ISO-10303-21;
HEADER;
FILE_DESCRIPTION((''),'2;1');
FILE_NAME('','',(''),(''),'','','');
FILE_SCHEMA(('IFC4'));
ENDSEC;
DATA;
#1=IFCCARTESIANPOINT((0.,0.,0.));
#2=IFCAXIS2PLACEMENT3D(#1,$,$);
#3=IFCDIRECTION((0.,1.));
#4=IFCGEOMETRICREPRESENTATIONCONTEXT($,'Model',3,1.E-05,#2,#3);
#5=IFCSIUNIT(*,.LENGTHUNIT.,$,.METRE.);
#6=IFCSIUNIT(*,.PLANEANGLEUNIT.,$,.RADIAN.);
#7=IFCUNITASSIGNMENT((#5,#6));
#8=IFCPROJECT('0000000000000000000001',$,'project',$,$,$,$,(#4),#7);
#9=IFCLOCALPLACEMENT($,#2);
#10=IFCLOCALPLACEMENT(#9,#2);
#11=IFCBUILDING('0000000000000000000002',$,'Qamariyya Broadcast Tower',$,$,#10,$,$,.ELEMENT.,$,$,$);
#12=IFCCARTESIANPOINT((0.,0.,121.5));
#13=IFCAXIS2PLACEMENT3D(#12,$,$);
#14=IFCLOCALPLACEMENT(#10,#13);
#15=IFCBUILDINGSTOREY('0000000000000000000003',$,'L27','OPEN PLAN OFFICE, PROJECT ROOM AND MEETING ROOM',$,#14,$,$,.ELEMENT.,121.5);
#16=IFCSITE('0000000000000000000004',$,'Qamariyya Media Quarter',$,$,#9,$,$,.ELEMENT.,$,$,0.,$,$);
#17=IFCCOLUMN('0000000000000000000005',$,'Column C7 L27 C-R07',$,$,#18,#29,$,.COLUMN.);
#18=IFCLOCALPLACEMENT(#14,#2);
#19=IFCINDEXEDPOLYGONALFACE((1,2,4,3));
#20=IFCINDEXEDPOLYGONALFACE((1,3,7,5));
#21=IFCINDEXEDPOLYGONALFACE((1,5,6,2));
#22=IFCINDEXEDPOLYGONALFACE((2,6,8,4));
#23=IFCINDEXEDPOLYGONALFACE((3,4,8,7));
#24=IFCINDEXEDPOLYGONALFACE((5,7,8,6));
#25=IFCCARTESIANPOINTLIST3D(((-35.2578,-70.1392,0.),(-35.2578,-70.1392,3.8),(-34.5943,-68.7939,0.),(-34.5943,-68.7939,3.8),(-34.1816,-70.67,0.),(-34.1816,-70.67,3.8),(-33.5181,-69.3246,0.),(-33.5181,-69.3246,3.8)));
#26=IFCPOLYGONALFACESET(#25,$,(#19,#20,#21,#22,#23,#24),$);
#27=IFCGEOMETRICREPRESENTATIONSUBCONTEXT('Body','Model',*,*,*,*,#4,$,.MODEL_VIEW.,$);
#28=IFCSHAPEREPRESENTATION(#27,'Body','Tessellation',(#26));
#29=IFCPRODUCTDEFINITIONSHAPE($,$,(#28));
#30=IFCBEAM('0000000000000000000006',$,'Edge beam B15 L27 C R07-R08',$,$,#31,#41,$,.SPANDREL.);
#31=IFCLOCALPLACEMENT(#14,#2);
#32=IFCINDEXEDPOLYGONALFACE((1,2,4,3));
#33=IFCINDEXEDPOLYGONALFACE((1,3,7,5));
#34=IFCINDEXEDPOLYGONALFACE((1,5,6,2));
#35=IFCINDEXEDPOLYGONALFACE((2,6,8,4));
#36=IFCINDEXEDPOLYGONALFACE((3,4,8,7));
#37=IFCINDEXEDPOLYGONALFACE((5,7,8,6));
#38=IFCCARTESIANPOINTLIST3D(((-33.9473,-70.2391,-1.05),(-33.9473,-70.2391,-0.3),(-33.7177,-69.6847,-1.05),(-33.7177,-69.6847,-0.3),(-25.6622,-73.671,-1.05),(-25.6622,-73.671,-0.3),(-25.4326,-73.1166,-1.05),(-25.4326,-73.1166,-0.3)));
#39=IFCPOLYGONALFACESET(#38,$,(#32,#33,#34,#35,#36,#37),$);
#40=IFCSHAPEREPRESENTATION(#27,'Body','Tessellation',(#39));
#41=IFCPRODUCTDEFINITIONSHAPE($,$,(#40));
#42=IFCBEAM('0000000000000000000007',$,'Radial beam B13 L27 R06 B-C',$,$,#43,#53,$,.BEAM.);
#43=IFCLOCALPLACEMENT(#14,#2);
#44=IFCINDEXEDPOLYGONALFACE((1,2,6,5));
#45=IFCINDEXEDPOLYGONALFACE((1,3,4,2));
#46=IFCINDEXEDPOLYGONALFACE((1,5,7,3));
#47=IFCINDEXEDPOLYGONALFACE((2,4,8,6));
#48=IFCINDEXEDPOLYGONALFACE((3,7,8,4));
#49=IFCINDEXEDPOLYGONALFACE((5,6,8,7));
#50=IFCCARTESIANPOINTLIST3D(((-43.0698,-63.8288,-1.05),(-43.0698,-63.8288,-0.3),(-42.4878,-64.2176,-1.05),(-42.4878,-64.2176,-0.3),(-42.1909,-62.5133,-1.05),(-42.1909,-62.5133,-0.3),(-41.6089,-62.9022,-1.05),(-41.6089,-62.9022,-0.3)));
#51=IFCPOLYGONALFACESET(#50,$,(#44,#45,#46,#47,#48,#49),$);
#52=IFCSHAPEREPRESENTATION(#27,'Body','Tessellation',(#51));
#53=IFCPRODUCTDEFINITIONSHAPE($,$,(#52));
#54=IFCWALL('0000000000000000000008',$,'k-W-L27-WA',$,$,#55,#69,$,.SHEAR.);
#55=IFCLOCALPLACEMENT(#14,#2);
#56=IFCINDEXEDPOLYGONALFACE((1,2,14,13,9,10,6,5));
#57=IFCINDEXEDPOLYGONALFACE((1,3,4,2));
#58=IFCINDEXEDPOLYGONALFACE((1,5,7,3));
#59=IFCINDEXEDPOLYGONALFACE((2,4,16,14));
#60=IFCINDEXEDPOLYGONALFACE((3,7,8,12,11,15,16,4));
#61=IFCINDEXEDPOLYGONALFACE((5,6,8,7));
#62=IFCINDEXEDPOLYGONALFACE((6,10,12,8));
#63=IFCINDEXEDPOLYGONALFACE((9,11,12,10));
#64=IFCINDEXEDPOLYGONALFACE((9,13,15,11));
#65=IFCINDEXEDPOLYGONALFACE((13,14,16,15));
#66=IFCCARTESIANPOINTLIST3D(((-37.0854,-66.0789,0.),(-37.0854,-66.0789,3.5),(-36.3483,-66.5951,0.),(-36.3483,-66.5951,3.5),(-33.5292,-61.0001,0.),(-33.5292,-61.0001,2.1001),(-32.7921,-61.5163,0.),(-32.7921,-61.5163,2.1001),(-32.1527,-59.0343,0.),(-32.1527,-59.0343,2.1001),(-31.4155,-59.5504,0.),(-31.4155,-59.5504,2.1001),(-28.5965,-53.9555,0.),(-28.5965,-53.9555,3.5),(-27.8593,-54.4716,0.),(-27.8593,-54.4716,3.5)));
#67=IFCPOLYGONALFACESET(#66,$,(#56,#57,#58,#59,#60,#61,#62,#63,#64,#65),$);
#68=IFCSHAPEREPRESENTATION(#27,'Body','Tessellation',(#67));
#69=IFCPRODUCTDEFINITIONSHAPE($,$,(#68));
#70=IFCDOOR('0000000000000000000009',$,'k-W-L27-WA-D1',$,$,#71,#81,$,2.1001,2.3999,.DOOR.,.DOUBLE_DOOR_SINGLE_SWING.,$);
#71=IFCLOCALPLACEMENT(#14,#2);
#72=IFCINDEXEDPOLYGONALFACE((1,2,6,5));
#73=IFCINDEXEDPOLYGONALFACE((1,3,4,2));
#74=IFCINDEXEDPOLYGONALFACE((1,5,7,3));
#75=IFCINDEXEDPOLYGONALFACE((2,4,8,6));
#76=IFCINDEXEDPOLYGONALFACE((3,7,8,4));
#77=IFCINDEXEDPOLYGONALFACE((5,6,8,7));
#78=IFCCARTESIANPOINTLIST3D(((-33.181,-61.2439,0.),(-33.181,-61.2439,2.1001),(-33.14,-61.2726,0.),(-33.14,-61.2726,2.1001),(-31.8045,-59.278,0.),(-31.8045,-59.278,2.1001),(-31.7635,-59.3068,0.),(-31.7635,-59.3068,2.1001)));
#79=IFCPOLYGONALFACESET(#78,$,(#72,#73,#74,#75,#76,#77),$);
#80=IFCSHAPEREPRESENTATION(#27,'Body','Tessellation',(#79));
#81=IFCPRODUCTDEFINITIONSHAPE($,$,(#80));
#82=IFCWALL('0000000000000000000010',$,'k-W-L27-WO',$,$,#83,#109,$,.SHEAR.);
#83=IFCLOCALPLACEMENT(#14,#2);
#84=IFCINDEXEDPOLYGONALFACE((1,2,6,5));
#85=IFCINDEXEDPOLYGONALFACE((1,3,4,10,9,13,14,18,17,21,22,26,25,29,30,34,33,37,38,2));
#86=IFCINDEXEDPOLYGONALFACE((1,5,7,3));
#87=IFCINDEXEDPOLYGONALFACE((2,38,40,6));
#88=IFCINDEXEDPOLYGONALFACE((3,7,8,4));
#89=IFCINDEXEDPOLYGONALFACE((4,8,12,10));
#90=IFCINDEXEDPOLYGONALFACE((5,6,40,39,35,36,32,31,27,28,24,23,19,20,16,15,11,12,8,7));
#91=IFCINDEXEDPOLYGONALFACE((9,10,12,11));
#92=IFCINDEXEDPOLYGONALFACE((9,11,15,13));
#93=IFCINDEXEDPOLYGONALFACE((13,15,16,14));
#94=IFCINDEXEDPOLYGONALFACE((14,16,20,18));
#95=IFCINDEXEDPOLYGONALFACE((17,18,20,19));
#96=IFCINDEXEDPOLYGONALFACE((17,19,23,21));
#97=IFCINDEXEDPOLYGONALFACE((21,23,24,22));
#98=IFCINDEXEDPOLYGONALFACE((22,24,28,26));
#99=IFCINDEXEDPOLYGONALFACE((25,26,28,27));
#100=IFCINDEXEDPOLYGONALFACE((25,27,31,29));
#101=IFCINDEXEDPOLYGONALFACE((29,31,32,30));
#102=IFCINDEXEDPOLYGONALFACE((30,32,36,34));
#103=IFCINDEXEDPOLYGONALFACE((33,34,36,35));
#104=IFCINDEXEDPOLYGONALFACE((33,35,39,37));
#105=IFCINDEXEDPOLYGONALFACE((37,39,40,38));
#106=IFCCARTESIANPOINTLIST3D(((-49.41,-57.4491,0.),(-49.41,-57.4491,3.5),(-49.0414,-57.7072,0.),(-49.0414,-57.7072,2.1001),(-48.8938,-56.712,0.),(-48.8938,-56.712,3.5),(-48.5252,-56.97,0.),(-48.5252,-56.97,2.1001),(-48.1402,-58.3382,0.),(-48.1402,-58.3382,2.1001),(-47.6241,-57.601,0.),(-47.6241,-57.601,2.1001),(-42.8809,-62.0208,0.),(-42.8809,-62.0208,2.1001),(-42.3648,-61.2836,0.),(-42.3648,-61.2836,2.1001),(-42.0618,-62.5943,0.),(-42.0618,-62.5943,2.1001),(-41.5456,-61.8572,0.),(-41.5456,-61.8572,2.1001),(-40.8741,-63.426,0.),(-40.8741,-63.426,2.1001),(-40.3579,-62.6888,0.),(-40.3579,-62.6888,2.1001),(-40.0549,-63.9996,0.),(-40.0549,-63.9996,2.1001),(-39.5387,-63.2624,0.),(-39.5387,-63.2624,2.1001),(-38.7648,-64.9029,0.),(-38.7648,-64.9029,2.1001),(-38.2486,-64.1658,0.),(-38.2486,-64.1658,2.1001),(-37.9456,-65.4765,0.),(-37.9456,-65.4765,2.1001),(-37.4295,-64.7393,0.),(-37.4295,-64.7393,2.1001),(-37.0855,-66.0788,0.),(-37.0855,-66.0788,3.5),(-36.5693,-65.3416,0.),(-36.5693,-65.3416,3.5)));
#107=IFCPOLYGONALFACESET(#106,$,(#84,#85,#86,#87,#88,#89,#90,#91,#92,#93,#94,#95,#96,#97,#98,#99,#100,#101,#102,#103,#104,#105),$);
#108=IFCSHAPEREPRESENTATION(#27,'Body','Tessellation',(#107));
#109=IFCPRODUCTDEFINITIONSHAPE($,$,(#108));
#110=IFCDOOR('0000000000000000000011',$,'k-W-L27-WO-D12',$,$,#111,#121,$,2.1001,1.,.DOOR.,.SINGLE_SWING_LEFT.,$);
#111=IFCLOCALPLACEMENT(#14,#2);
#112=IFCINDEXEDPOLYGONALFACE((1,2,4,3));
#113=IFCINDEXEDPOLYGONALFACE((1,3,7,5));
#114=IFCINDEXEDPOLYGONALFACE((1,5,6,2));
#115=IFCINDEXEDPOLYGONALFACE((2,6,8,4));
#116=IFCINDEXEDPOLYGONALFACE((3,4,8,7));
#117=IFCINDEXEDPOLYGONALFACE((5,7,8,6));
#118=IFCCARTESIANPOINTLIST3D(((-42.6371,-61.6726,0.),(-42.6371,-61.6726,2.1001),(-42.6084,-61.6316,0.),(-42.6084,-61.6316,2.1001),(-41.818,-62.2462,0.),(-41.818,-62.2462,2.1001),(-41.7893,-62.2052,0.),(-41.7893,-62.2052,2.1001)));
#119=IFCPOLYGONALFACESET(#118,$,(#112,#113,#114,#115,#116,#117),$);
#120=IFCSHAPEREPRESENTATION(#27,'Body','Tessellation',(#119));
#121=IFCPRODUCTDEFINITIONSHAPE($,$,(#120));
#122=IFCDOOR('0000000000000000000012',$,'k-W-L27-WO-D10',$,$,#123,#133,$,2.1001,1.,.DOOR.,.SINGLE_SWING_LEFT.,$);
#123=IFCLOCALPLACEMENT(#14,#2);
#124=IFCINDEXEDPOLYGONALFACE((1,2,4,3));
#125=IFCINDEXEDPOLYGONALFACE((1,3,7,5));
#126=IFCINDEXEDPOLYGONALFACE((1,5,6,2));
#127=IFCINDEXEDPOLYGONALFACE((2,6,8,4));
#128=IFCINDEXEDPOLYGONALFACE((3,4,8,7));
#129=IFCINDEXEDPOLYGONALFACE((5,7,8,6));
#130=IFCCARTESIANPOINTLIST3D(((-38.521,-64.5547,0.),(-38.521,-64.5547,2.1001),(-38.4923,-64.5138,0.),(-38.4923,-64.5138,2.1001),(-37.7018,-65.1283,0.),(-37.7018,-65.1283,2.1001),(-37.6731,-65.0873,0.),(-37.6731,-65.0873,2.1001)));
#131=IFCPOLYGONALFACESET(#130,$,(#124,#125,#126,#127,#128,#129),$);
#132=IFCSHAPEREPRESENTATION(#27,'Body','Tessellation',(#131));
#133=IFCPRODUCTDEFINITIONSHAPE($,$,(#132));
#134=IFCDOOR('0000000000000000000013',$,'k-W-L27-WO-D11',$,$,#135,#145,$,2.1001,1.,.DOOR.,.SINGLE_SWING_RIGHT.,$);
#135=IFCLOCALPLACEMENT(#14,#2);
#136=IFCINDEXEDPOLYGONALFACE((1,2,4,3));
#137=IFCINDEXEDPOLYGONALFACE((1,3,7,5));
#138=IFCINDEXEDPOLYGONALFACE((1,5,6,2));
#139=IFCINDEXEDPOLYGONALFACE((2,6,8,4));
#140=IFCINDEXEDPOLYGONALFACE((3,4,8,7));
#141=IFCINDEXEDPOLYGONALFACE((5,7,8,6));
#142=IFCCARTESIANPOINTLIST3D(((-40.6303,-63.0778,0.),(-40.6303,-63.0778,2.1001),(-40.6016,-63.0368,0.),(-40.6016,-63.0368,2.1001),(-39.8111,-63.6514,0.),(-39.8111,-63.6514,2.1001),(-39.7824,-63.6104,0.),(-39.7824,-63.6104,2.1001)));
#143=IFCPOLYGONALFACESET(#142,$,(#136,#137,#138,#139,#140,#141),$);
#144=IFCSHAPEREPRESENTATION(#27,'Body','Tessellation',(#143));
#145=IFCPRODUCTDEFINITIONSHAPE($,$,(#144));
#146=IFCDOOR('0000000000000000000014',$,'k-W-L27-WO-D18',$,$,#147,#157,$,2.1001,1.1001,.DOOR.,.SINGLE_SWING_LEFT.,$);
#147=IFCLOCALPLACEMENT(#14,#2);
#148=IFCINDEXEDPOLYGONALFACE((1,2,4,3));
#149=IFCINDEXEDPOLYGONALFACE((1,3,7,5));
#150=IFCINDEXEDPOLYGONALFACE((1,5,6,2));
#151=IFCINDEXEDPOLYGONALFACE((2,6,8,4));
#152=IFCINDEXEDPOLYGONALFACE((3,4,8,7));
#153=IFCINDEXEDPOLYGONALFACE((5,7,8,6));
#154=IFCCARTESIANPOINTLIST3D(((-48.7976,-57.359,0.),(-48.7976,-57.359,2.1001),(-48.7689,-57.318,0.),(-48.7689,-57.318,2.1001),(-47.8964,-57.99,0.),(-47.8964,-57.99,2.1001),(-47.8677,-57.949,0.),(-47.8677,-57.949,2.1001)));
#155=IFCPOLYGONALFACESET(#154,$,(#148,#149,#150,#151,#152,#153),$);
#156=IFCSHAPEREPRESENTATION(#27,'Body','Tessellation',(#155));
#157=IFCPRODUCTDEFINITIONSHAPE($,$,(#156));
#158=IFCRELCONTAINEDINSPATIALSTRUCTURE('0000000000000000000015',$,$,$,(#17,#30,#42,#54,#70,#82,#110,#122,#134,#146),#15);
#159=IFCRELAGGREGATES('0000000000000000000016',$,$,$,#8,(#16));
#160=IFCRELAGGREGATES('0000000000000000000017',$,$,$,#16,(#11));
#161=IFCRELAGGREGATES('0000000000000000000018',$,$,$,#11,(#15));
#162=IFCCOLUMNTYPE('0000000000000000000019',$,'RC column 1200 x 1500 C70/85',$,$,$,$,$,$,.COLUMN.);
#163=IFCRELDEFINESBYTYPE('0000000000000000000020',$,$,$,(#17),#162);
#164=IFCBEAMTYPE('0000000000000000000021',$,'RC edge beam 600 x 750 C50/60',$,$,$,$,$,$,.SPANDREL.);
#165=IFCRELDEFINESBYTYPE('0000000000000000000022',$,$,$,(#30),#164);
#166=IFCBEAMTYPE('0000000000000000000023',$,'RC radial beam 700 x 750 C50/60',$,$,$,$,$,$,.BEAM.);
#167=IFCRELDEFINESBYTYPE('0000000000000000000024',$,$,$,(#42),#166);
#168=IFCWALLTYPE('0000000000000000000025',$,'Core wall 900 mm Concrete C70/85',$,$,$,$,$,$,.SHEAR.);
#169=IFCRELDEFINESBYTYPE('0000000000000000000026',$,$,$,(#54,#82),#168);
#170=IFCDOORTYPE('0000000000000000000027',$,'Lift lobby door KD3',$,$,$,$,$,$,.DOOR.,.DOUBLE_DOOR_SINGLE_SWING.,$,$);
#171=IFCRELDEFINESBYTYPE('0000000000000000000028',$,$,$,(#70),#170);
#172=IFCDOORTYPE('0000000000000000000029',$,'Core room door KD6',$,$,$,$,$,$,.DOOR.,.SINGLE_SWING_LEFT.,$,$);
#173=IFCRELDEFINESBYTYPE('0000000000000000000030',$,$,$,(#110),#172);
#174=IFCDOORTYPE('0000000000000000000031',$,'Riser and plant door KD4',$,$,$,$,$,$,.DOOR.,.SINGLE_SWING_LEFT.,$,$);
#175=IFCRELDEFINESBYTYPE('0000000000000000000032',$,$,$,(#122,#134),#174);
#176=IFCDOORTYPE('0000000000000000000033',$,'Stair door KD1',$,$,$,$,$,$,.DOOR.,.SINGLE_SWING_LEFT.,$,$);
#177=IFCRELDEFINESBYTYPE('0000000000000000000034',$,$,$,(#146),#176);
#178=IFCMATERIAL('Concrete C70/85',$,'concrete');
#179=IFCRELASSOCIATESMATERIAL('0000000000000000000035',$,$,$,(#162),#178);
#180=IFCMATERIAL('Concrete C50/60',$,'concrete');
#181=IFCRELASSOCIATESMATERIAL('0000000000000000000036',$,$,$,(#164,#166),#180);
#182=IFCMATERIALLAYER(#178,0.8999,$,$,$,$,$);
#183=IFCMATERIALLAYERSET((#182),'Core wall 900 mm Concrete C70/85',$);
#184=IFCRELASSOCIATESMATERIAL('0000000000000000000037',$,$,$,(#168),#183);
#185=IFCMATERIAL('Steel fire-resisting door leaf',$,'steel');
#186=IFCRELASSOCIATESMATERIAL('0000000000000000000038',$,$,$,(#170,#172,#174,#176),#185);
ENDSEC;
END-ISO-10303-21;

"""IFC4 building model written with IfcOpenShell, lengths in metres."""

from ifc_helpers import new_model, si_unit, direction, frame, frame_2d, origin, origin_2d, place, context, subcontext, project, spatial, rectangle, extrude, material, layer, layer_set, material_profile, profile_set, type_object, element, fill, save


model = new_model("IFC4")

# Units and contexts
model_context = context("Model", 3, precision=1e-05, world=origin(), true_north=direction((0.0, 1.0)))
body_context = subcontext(model_context, "Body", "Model", "MODEL_VIEW")
ifc_project = project(units=[si_unit("LENGTHUNIT", "METRE"), si_unit("PLANEANGLEUNIT", "RADIAN")], contexts=[model_context])

# Site, building, storey
site_placement = place(None, origin())
site = spatial("IfcSite", under=ifc_project, at=site_placement, Name="Qamariyya Media Quarter", CompositionType="ELEMENT", RefElevation=0.0)
building_placement = place(site_placement, origin())
building = spatial("IfcBuilding", under=site, at=building_placement, Name="Qamariyya Broadcast Tower", CompositionType="ELEMENT")
storey_placement = place(building_placement, frame((0.0, 0.0, 121.5)))
storey = spatial("IfcBuildingStorey", under=building, at=storey_placement, Name="L27", Description="OPEN PLAN OFFICE, PROJECT ROOM AND MEETING ROOM", CompositionType="ELEMENT", Elevation=121.5)

# Column
ifc_material_1 = material(Name="Concrete C70/85", Category="concrete")
ifc_material_profile_1 = material_profile(ifc_material_1, rectangle(XDim=1.2, YDim=1.5, at=origin_2d()))
ifc_profile_set_1 = profile_set([ifc_material_profile_1], Name="Concrete C70/85")
column_type = type_object("IfcColumnType", Name="RC column 1200 x 1500 C70/85", PredefinedType="COLUMN", material=ifc_profile_set_1)
column_placement = place(storey_placement, frame((-34.3879, -69.7319, 0.0), z_axis=(0.0, 0.0, 1.0), x_axis=(0.896873, -0.442289, 0.0)))
element("IfcColumn", 1, at=column_placement, inside=storey, type_object=column_type, Name="Column C7 L27 C-R07", PredefinedType="COLUMN", context=body_context, shape_type="SweptSolid", body=[
    extrude(rectangle(XDim=1.2, YDim=1.5, at=origin_2d()), origin(), (0.0, 0.0, 1.0), 3.8),
])

# Beams
ifc_material_2 = material(Name="Concrete C50/60", Category="concrete")
ifc_material_profile_2 = material_profile(ifc_material_2, rectangle(XDim=0.6001, YDim=0.75, at=origin_2d()))
ifc_profile_set_2 = profile_set([ifc_material_profile_2], Name="Concrete C50/60")
beam_type_1 = type_object("IfcBeamType", Name="RC edge beam 600 x 750 C50/60", PredefinedType="SPANDREL", material=ifc_profile_set_2)
beam_1_placement = place(storey_placement, frame((-33.8325, -69.9619, -0.675), z_axis=(0.923877, -0.382689, 0.0), x_axis=(0.382689, 0.923877, 0.0)))
element("IfcBeam", 2, at=beam_1_placement, inside=storey, type_object=beam_type_1, Name="Edge beam B15 L27 C R07-R08", PredefinedType="SPANDREL", context=body_context, shape_type="SweptSolid", body=[
    extrude(rectangle(XDim=0.6001, YDim=0.75, at=origin_2d()), origin(), (0.0, 0.0, 1.0), 8.9678),
])
ifc_material_profile_3 = material_profile(ifc_material_2, rectangle(XDim=0.7, YDim=0.75, at=origin_2d()))
ifc_profile_set_3 = profile_set([ifc_material_profile_3], Name="Concrete C50/60")
beam_type_2 = type_object("IfcBeamType", Name="RC radial beam 700 x 750 C50/60", PredefinedType="BEAM", material=ifc_profile_set_3)
beam_2_placement = place(storey_placement, frame((-41.8999, -62.7078, -0.675), z_axis=(-0.555555, -0.83148, 0.0), x_axis=(0.83148, -0.555555, 0.0)))
element("IfcBeam", 3, at=beam_2_placement, inside=storey, type_object=beam_type_2, Name="Radial beam B13 L27 R06 B-C", PredefinedType="BEAM", context=body_context, shape_type="SweptSolid", body=[
    extrude(rectangle(XDim=0.7, YDim=0.75, at=origin_2d()), origin(), (0.0, 0.0, 1.0), 1.582),
])

# Wall, opening, door
ifc_layer_1 = layer(ifc_material_1, 0.8999)
ifc_layer_set_1 = layer_set([ifc_layer_1], Name="Core wall 900 mm Concrete C70/85")
wall_type_1 = type_object("IfcWallType", Name="Core wall 900 mm Concrete C70/85", PredefinedType="SHEAR", material=ifc_layer_set_1)
wall_1_placement = place(storey_placement, frame((-36.7168, -66.3369, 0.0), z_axis=(0.0, 0.0, 1.0), x_axis=(0.573577, 0.819151, 0.0)))
wall_1 = element("IfcWall", 4, at=wall_1_placement, inside=storey, type_object=wall_type_1, Name="k-W-L27-WA", PredefinedType="SHEAR", context=body_context, shape_type="SweptSolid", body=[
    extrude(rectangle(XDim=14.8, YDim=0.8999, at=frame_2d((7.3999, 0.0))), origin(), (0.0, 0.0, 1.0), 3.5),
])
opening_1_placement = place(wall_1_placement, frame((6.2, 0.0, 0.0)))
opening_1 = element("IfcOpeningElement", 5, at=opening_1_placement, cuts=wall_1, PredefinedType="OPENING", context=body_context, shape_type="SweptSolid", body=[
    extrude(rectangle(XDim=2.3999, YDim=2.1001, at=frame_2d((1.2, 1.05))), frame((0.0, 0.46, 0.0), z_axis=(0.0, -1.0, 0.0), x_axis=(1.0, 0.0, 0.0)), (0.0, 0.0, 1.0), 0.9199),
])
ifc_material_3 = material(Name="Steel fire-resisting door leaf", Category="steel")
door_type_1 = type_object("IfcDoorType", Name="Lift lobby door KD3", OperationType="DOUBLE_DOOR_SINGLE_SWING", PredefinedType="DOOR", material=ifc_material_3)
door_1_placement = place(opening_1_placement, origin())
door_1 = element("IfcDoor", 6, at=door_1_placement, inside=storey, type_object=door_type_1, Name="k-W-L27-WA-D1", OperationType="DOUBLE_DOOR_SINGLE_SWING", OverallHeight=2.1001, OverallWidth=2.3999, PredefinedType="DOOR", context=body_context, shape_type="SweptSolid", body=[
    extrude(rectangle(XDim=2.3999, YDim=2.1001, at=frame_2d((1.2, 1.05))), frame((0.0, 0.0249, 0.0), z_axis=(0.0, -1.0, 0.0), x_axis=(1.0, 0.0, 0.0)), (0.0, 0.0, 1.0), 0.05),
])
fill(opening_1, door_1)

# Wall, openings, doors
wall_2_placement = place(storey_placement, frame((-36.8274, -65.7102, 0.0), z_axis=(0.0, 0.0, 1.0), x_axis=(-0.819153, 0.573575, 0.0)))
wall_2 = element("IfcWall", 7, at=wall_2_placement, inside=storey, type_object=wall_type_1, Name="k-W-L27-WO", PredefinedType="SHEAR", context=body_context, shape_type="SweptSolid", body=[
    extrude(rectangle(XDim=15.0454, YDim=0.8999, at=frame_2d((7.5227, 0.0))), origin(), (0.0, 0.0, 1.0), 3.5),
])
opening_2_placement = place(wall_2_placement, frame((1.05, 0.0, 0.0)))
opening_2 = element("IfcOpeningElement", 8, at=opening_2_placement, cuts=wall_2, PredefinedType="OPENING", context=body_context, shape_type="SweptSolid", body=[
    extrude(rectangle(XDim=1.0, YDim=2.1001, at=frame_2d((0.5, 1.05))), frame((0.0, 0.46, 0.0), z_axis=(0.0, -1.0, 0.0), x_axis=(1.0, 0.0, 0.0)), (0.0, 0.0, 1.0), 0.9199),
])
opening_3_placement = place(wall_2_placement, frame((3.625, 0.0, 0.0)))
opening_3 = element("IfcOpeningElement", 9, at=opening_3_placement, cuts=wall_2, PredefinedType="OPENING", context=body_context, shape_type="SweptSolid", body=[
    extrude(rectangle(XDim=1.0, YDim=2.1001, at=frame_2d((0.5, 1.05))), frame((0.0, 0.46, 0.0), z_axis=(0.0, -1.0, 0.0), x_axis=(1.0, 0.0, 0.0)), (0.0, 0.0, 1.0), 0.9199),
])
opening_4_placement = place(wall_2_placement, frame((6.075, 0.0, 0.0)))
opening_4 = element("IfcOpeningElement", 10, at=opening_4_placement, cuts=wall_2, PredefinedType="OPENING", context=body_context, shape_type="SweptSolid", body=[
    extrude(rectangle(XDim=1.0, YDim=2.1001, at=frame_2d((0.5, 1.05))), frame((0.0, 0.46, 0.0), z_axis=(0.0, -1.0, 0.0), x_axis=(1.0, 0.0, 0.0)), (0.0, 0.0, 1.0), 0.9199),
])
opening_5_placement = place(wall_2_placement, frame((13.4954, 0.0, 0.0)))
opening_5 = element("IfcOpeningElement", 11, at=opening_5_placement, cuts=wall_2, PredefinedType="OPENING", context=body_context, shape_type="SweptSolid", body=[
    extrude(rectangle(XDim=1.1001, YDim=2.1001, at=frame_2d((0.55, 1.05))), frame((0.0, 0.46, 0.0), z_axis=(0.0, -1.0, 0.0), x_axis=(1.0, 0.0, 0.0)), (0.0, 0.0, 1.0), 0.9199),
])
door_type_2 = type_object("IfcDoorType", Name="Core room door KD6", OperationType="SINGLE_SWING_LEFT", PredefinedType="DOOR", material=ifc_material_3)
door_2_placement = place(opening_4_placement, origin())
door_2 = element("IfcDoor", 12, at=door_2_placement, inside=storey, type_object=door_type_2, Name="k-W-L27-WO-D12", OperationType="SINGLE_SWING_LEFT", OverallHeight=2.1001, OverallWidth=1.0, PredefinedType="DOOR", context=body_context, shape_type="SweptSolid", body=[
    extrude(rectangle(XDim=1.0, YDim=2.1001, at=frame_2d((0.5, 1.05))), frame((0.0, 0.0249, 0.0), z_axis=(0.0, -1.0, 0.0), x_axis=(1.0, 0.0, 0.0)), (0.0, 0.0, 1.0), 0.05),
])
fill(opening_4, door_2)
door_type_3 = type_object("IfcDoorType", Name="Riser and plant door KD4", OperationType="SINGLE_SWING_LEFT", PredefinedType="DOOR", material=ifc_material_3)
door_3_placement = place(opening_2_placement, origin())
door_3 = element("IfcDoor", 13, at=door_3_placement, inside=storey, type_object=door_type_3, Name="k-W-L27-WO-D10", OperationType="SINGLE_SWING_LEFT", OverallHeight=2.1001, OverallWidth=1.0, PredefinedType="DOOR", context=body_context, shape_type="SweptSolid", body=[
    extrude(rectangle(XDim=1.0, YDim=2.1001, at=frame_2d((0.5, 1.05))), frame((0.0, 0.0249, 0.0), z_axis=(0.0, -1.0, 0.0), x_axis=(1.0, 0.0, 0.0)), (0.0, 0.0, 1.0), 0.05),
])
fill(opening_2, door_3)
door_4_placement = place(opening_3_placement, origin())
door_4 = element("IfcDoor", 14, at=door_4_placement, inside=storey, type_object=door_type_3, Name="k-W-L27-WO-D11", OperationType="SINGLE_SWING_RIGHT", OverallHeight=2.1001, OverallWidth=1.0, PredefinedType="DOOR", context=body_context, shape_type="SweptSolid", body=[
    extrude(rectangle(XDim=1.0, YDim=2.1001, at=frame_2d((0.5, 1.05))), frame((0.0, 0.0249, 0.0), z_axis=(0.0, -1.0, 0.0), x_axis=(1.0, 0.0, 0.0)), (0.0, 0.0, 1.0), 0.05),
])
fill(opening_3, door_4)
door_type_4 = type_object("IfcDoorType", Name="Stair door KD1", OperationType="SINGLE_SWING_LEFT", PredefinedType="DOOR", material=ifc_material_3)
door_5_placement = place(opening_5_placement, origin())
door_5 = element("IfcDoor", 15, at=door_5_placement, inside=storey, type_object=door_type_4, Name="k-W-L27-WO-D18", OperationType="SINGLE_SWING_LEFT", OverallHeight=2.1001, OverallWidth=1.1001, PredefinedType="DOOR", context=body_context, shape_type="SweptSolid", body=[
    extrude(rectangle(XDim=1.1001, YDim=2.1001, at=frame_2d((0.55, 1.05))), frame((0.0, 0.0249, 0.0), z_axis=(0.0, -1.0, 0.0), x_axis=(1.0, 0.0, 0.0)), (0.0, 0.0, 1.0), 0.05),
])
fill(opening_5, door_5)

save(model, "model.ifc")
